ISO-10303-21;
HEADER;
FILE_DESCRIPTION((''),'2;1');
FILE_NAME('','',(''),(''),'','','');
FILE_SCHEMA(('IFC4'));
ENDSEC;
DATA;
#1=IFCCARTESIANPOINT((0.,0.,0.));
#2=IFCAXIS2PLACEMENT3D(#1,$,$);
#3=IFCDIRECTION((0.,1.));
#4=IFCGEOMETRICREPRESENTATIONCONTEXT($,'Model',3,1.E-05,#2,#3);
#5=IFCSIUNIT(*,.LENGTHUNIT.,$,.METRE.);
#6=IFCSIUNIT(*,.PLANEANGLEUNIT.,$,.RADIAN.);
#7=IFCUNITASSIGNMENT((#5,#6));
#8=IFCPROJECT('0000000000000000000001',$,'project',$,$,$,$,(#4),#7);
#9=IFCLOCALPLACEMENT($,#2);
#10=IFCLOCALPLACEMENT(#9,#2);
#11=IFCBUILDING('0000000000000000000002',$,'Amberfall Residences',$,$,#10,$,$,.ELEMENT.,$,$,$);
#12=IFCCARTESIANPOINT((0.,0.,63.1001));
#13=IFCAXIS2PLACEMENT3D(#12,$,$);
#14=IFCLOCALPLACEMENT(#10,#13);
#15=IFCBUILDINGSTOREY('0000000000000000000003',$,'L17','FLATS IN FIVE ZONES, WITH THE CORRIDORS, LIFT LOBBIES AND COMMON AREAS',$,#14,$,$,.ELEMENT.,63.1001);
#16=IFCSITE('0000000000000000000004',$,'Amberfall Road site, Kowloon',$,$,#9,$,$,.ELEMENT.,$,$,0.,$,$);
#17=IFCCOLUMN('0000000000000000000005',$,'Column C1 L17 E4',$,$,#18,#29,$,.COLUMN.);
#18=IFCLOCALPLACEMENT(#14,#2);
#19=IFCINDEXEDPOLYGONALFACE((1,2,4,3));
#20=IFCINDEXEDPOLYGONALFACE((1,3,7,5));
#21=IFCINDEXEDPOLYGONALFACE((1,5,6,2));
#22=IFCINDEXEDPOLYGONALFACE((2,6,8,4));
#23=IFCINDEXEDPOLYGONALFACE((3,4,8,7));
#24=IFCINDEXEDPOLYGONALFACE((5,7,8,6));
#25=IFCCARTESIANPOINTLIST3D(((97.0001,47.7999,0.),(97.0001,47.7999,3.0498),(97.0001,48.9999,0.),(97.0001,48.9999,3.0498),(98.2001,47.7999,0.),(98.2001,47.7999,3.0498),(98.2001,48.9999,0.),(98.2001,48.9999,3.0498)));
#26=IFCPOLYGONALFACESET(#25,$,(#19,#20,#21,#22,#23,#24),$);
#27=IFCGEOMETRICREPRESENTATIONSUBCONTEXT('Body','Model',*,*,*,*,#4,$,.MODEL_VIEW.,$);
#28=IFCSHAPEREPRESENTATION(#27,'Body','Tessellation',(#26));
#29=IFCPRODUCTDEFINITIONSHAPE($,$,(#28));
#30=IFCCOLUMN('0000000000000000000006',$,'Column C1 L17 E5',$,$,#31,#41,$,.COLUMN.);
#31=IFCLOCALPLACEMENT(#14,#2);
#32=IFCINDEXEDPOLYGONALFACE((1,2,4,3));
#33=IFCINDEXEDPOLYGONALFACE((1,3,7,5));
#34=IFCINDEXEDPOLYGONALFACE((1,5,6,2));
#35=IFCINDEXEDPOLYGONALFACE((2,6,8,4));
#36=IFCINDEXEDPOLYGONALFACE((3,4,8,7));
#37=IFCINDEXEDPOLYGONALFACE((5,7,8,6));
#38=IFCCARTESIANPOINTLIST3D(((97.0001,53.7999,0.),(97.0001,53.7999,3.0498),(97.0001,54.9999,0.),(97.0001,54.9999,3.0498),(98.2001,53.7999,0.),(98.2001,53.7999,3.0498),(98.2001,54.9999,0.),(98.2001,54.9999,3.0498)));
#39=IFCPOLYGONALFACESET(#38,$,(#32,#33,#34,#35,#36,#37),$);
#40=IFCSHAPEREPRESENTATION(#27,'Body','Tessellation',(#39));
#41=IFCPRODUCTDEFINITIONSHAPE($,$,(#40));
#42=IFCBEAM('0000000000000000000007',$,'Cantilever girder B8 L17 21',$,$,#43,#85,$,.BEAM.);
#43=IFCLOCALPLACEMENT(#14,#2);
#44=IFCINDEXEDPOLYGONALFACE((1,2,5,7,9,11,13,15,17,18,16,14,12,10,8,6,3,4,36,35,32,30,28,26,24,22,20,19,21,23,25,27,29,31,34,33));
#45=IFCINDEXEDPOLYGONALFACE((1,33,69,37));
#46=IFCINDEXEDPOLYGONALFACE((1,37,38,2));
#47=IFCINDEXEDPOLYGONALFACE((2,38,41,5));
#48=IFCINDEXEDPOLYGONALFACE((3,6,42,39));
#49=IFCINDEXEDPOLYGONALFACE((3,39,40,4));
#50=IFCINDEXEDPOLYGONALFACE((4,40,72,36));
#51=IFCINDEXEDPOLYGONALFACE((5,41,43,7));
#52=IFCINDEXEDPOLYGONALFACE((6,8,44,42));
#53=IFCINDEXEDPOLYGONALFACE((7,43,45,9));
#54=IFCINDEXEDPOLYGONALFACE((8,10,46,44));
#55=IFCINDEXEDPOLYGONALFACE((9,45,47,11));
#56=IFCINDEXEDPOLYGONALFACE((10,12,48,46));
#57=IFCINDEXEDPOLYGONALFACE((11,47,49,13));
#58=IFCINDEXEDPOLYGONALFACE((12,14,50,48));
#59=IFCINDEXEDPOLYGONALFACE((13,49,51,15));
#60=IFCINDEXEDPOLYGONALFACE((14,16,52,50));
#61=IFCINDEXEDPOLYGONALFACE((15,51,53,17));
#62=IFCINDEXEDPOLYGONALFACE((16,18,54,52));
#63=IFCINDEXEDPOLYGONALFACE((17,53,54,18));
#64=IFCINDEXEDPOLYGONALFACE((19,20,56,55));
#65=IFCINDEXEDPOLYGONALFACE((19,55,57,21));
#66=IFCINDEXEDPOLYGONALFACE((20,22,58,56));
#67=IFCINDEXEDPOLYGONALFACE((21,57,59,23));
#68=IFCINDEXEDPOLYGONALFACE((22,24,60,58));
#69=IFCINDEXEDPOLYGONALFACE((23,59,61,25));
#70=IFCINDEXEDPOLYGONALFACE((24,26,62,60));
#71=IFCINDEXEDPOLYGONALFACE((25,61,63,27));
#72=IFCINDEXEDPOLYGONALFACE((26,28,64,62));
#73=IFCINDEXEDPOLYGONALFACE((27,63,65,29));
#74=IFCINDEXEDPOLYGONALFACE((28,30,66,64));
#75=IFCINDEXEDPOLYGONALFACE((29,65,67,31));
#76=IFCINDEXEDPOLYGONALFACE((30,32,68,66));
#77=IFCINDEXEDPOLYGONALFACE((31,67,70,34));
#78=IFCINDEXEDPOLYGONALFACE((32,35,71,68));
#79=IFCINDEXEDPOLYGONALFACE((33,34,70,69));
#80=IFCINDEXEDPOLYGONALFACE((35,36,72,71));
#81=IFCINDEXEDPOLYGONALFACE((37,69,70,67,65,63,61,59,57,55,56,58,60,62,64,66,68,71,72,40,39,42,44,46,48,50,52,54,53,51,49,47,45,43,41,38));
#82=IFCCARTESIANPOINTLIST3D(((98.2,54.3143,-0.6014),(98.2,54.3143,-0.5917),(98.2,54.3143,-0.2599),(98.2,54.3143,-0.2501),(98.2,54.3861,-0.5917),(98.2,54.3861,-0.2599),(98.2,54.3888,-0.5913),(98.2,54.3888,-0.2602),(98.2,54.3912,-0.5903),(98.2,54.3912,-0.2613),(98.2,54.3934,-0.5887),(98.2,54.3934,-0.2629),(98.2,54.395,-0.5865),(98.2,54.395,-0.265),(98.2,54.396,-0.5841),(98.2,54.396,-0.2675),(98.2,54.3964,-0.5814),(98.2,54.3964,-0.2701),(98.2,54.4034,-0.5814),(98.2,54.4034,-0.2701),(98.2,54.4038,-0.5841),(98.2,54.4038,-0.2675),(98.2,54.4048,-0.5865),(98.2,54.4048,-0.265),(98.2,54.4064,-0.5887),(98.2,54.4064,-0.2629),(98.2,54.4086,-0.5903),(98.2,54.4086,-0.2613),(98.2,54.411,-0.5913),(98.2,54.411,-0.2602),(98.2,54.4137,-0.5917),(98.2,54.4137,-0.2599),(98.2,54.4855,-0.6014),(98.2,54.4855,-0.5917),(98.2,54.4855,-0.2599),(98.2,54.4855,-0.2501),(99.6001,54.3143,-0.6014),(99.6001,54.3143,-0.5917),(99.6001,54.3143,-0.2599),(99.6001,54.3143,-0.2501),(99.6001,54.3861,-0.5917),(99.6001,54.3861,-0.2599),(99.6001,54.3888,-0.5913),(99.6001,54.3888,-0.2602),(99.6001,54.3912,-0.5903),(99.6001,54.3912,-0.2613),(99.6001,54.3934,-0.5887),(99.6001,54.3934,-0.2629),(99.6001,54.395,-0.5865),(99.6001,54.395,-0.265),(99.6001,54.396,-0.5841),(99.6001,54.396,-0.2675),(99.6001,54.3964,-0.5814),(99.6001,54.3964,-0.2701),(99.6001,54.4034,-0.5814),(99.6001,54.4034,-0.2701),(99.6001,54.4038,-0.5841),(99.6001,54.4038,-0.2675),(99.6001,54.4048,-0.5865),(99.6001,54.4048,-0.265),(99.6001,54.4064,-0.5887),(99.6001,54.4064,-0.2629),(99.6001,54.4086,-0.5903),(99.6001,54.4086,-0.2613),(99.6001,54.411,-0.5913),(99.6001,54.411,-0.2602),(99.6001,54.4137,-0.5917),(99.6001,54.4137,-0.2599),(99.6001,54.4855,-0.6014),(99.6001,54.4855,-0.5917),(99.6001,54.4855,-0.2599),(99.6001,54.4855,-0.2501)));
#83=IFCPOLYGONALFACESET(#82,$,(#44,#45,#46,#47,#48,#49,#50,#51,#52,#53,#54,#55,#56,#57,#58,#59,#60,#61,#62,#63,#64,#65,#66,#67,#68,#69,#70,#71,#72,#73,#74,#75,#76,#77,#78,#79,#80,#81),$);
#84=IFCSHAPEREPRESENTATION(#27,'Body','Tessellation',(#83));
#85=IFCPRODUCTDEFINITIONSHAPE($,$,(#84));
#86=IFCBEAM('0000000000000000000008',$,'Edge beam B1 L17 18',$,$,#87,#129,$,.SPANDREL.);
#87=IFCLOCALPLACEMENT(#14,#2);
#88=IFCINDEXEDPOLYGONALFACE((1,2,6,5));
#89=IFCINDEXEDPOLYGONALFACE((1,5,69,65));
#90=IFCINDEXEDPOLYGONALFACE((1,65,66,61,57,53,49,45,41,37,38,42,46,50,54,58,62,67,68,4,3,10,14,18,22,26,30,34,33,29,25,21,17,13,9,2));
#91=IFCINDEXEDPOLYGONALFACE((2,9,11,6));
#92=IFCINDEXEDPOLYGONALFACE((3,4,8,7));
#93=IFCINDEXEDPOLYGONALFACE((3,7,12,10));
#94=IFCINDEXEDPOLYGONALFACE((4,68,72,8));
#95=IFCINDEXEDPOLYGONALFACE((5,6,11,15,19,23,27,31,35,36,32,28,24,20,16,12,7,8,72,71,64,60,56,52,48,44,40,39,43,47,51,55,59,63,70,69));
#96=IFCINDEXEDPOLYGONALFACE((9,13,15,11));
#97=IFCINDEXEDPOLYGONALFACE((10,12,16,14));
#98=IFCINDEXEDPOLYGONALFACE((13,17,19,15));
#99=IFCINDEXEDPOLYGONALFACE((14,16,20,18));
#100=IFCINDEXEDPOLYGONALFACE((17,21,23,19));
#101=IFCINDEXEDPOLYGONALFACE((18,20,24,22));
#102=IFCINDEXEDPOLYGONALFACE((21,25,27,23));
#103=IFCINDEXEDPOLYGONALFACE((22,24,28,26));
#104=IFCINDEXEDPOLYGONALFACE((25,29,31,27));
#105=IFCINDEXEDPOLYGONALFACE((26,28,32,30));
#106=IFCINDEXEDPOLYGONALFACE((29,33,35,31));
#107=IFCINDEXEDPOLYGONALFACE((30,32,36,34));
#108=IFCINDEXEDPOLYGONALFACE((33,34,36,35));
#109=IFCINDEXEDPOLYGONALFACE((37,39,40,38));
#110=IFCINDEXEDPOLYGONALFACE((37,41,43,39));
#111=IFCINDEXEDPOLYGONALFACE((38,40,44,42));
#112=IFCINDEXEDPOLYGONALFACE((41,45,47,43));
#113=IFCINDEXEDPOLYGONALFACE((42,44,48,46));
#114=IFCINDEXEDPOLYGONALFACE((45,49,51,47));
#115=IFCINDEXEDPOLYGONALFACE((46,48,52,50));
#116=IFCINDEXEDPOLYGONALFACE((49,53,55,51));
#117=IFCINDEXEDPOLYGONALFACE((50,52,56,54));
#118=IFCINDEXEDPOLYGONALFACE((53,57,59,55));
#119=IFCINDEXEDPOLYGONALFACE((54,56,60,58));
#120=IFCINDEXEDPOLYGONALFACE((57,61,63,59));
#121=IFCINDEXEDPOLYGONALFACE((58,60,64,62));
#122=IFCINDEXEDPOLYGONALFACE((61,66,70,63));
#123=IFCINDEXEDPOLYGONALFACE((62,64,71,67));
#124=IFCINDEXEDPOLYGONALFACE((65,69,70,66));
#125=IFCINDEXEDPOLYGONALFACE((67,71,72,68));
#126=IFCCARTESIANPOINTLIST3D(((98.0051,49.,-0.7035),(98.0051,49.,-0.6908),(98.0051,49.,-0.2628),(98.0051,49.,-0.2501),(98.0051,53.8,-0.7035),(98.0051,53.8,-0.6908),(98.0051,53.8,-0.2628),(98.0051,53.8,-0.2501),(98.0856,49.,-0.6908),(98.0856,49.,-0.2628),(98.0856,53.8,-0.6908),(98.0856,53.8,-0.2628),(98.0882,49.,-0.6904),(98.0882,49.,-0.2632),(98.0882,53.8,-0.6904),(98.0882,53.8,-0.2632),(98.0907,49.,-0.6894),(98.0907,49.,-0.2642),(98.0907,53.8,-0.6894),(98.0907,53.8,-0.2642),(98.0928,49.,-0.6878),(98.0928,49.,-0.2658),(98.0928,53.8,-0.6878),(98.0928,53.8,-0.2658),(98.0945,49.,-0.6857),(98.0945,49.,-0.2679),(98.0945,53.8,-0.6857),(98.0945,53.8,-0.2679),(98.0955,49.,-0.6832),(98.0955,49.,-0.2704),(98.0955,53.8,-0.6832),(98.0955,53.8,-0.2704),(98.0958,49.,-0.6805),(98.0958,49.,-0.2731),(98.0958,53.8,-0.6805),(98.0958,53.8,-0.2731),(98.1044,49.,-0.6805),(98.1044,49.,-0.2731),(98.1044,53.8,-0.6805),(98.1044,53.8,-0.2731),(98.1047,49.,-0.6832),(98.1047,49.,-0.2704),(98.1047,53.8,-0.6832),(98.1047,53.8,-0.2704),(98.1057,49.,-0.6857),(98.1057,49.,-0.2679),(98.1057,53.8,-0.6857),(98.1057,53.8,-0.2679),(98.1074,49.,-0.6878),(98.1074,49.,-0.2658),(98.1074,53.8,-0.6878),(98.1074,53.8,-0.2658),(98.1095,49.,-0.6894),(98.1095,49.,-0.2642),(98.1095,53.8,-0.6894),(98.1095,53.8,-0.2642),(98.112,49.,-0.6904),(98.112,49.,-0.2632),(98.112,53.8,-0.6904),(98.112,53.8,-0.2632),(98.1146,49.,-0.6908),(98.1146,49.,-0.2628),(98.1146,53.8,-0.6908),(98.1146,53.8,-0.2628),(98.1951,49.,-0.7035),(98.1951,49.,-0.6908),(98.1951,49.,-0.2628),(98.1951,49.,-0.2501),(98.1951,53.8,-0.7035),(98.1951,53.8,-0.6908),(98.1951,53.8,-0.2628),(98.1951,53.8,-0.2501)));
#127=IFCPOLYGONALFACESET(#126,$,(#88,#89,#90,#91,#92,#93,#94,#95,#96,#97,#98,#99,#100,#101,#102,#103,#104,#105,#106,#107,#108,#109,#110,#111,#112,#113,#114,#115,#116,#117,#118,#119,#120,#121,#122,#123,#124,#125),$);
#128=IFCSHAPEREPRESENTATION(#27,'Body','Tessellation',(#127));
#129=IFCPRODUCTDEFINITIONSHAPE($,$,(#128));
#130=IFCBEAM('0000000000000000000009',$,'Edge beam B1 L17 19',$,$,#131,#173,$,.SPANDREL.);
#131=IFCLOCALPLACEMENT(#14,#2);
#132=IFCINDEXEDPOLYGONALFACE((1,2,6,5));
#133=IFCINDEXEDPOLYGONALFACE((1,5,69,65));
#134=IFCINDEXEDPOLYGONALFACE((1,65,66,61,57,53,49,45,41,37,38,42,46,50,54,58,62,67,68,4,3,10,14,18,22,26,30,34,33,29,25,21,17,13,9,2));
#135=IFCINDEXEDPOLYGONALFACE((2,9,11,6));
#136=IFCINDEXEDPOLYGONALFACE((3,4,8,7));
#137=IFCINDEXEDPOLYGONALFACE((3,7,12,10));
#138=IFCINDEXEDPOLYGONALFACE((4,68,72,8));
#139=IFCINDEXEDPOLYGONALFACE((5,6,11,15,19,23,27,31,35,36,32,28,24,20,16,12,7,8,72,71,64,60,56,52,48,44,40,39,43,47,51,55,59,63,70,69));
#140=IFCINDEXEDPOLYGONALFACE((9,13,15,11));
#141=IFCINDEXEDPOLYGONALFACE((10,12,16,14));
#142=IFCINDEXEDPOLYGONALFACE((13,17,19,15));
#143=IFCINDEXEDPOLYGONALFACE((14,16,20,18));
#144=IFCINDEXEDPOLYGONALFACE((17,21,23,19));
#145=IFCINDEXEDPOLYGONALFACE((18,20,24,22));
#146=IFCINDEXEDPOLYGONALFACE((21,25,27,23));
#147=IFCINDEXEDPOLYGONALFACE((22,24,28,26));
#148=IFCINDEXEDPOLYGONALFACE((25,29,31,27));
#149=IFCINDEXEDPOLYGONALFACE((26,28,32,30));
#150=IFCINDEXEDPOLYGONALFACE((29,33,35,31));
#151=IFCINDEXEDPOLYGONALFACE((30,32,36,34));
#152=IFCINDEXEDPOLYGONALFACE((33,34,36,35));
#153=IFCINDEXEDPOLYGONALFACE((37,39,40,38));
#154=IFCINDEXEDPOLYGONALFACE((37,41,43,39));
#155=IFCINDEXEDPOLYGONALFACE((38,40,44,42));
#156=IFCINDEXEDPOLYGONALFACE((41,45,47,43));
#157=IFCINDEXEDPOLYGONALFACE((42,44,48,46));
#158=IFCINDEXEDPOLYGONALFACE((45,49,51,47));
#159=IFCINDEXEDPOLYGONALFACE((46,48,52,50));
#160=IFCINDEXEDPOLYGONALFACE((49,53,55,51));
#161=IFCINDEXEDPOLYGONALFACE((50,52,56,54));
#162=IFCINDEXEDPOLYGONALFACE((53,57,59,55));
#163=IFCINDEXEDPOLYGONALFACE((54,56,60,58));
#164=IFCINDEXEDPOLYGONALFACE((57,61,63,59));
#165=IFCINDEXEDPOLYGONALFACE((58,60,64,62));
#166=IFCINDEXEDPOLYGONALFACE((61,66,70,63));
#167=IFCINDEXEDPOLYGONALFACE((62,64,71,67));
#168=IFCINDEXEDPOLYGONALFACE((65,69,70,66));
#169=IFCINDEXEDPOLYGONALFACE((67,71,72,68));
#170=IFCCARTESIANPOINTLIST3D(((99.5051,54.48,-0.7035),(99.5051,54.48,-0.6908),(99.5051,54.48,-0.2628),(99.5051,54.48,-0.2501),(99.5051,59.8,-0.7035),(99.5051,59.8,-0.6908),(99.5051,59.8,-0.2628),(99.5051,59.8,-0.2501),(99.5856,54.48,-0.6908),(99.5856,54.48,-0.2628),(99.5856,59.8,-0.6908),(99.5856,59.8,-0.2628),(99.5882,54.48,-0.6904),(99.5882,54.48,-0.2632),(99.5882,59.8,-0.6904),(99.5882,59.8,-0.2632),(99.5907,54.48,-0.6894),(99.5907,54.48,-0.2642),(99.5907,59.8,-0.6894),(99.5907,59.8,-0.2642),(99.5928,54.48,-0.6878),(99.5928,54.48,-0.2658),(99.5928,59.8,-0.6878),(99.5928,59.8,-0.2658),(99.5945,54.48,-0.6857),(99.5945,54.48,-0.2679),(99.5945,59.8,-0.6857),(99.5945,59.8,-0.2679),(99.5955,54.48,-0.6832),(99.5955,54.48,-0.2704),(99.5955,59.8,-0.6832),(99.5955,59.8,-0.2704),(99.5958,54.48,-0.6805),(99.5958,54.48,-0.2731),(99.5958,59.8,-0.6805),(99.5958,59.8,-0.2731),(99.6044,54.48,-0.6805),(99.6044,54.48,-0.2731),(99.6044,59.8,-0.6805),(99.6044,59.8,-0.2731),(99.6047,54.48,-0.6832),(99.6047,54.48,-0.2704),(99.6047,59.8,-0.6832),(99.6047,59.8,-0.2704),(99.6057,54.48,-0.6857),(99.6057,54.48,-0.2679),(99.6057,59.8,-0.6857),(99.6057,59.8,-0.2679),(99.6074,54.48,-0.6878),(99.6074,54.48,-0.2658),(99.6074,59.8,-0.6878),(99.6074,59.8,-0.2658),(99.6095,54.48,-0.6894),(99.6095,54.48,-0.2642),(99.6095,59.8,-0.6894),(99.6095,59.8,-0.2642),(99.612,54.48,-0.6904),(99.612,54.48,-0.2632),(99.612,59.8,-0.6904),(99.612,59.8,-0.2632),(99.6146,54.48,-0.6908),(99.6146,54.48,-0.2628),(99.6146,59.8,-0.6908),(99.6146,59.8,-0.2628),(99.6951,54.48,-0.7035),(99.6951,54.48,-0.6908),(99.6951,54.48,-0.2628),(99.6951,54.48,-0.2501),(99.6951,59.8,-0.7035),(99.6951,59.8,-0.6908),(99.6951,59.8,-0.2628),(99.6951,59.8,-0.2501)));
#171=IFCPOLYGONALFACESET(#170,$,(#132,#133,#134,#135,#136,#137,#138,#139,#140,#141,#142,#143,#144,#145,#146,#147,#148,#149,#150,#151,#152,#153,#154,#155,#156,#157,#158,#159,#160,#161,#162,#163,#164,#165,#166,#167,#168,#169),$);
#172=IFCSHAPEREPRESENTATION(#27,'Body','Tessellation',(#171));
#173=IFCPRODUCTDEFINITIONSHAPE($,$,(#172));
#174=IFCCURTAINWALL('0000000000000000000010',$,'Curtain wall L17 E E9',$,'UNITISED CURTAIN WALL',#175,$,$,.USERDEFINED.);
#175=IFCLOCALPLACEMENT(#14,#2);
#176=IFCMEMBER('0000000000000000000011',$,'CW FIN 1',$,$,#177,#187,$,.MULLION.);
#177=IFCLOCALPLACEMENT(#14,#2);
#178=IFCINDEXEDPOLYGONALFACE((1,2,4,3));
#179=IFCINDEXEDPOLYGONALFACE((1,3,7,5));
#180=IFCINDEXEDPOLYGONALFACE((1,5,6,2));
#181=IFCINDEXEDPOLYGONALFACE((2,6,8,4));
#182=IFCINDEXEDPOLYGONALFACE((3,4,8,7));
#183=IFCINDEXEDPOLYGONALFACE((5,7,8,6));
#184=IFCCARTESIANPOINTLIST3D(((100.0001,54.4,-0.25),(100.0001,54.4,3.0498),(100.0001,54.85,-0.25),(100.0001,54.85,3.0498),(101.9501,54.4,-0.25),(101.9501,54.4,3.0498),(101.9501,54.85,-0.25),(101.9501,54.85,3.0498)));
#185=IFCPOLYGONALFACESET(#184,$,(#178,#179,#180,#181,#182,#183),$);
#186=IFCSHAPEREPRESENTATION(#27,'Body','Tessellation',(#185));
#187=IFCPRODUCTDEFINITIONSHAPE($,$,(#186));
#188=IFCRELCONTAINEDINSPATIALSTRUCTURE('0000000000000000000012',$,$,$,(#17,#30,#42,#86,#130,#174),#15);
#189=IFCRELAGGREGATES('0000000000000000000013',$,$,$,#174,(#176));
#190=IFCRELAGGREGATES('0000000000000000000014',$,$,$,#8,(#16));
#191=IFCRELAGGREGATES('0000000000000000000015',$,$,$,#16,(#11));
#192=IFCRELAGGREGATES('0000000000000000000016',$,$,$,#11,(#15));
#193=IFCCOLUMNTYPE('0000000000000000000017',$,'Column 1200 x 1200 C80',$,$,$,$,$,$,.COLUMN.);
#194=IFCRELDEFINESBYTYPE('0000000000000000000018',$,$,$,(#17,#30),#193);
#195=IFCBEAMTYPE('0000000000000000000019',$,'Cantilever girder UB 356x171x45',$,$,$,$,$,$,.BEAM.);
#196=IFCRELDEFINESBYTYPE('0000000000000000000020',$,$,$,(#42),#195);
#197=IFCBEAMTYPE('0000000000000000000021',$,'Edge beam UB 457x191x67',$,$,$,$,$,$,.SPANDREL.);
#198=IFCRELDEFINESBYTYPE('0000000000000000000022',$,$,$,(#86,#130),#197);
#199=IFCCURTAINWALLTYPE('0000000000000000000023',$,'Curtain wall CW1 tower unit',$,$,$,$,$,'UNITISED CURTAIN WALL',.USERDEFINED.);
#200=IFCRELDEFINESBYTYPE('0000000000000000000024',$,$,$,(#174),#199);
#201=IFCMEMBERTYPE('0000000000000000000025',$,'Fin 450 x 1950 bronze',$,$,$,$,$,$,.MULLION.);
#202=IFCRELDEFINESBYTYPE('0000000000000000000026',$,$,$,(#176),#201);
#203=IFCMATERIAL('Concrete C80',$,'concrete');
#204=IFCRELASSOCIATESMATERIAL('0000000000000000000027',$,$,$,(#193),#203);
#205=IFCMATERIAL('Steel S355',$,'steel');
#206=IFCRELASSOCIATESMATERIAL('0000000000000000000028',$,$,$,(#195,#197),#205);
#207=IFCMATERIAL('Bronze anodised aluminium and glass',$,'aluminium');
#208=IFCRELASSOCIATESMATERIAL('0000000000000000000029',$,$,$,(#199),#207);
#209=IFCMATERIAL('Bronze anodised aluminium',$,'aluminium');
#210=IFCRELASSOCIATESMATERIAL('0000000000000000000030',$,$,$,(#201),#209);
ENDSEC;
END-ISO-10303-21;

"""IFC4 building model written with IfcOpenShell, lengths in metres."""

from ifc_helpers import new_model, si_unit, direction, frame, origin, origin_2d, place, context, subcontext, project, spatial, rectangle, i_section, extrude, material, material_profile, profile_set, type_object, element, aggregate, save


model = new_model("IFC4")

# Units and contexts
model_context = context("Model", 3, precision=1e-05, world=origin(), true_north=direction((0.0, 1.0)))
body_context = subcontext(model_context, "Body", "Model", "MODEL_VIEW")
ifc_project = project(units=[si_unit("LENGTHUNIT", "METRE"), si_unit("PLANEANGLEUNIT", "RADIAN")], contexts=[model_context])

# Site, building, storey
site_placement = place(None, origin())
site = spatial("IfcSite", under=ifc_project, at=site_placement, Name="Amberfall Road site, Kowloon", CompositionType="ELEMENT", RefElevation=0.0)
building_placement = place(site_placement, origin())
building = spatial("IfcBuilding", under=site, at=building_placement, Name="Amberfall Residences", CompositionType="ELEMENT")
storey_placement = place(building_placement, frame((0.0, 0.0, 63.1001)))
storey = spatial("IfcBuildingStorey", under=building, at=storey_placement, Name="L17", Description="FLATS IN FIVE ZONES, WITH THE CORRIDORS, LIFT LOBBIES AND COMMON AREAS", CompositionType="ELEMENT", Elevation=63.1001)

# Columns
ifc_material_1 = material(Name="Concrete C80", Category="concrete")
ifc_material_profile_1 = material_profile(ifc_material_1, rectangle(XDim=1.2, YDim=1.2, at=origin_2d()), Name="Column 1200 x 1200 C80")
ifc_profile_set_1 = profile_set([ifc_material_profile_1], Name="Concrete C80")
column_type = type_object("IfcColumnType", Name="Column 1200 x 1200 C80", PredefinedType="COLUMN", material=ifc_profile_set_1)
for number, where, z_axis, x_axis, name in (
    (1, (97.6001, 48.3999, 0.0), (0.0, 0.0, 1.0), (1.0, 0.0, 0.0), "Column C1 L17 E4"),
    (2, (97.6001, 54.3999, 0.0), (0.0, 0.0, 1.0), (1.0, 0.0, 0.0), "Column C1 L17 E5"),
):
    element("IfcColumn", number, at=place(storey_placement, frame(where, z_axis=z_axis, x_axis=x_axis)), inside=storey, type_object=column_type, Name=name, PredefinedType="COLUMN", context=body_context, shape_type="SweptSolid", body=[
        extrude(rectangle(XDim=1.2, YDim=1.2, at=origin_2d()), origin(), (0.0, 0.0, 1.0), 3.0498),
    ])

# Beams
ifc_material_2 = material(Name="Steel S355", Category="steel")
ifc_material_profile_2 = material_profile(ifc_material_2, i_section(OverallWidth=0.1711, OverallDepth=0.3513, WebThickness=0.0071, FlangeThickness=0.0098, FilletRadius=0.0103, at=origin_2d()), Name="UB 356x171x45")
ifc_profile_set_2 = profile_set([ifc_material_profile_2], Name="Steel S355")
beam_type_1 = type_object("IfcBeamType", Name="Cantilever girder UB 356x171x45", PredefinedType="BEAM", material=ifc_profile_set_2)
beam_1_placement = place(storey_placement, frame((98.2, 54.3999, -0.4258), z_axis=(1.0, 0.0, 0.0), x_axis=(0.0, 1.0, 0.0)))
element("IfcBeam", 3, at=beam_1_placement, inside=storey, type_object=beam_type_1, Name="Cantilever girder B8 L17 21", PredefinedType="BEAM", context=body_context, shape_type="SweptSolid", body=[
    extrude(i_section(OverallWidth=0.1711, OverallDepth=0.3513, WebThickness=0.0071, FlangeThickness=0.0098, FilletRadius=0.0103, at=origin_2d()), origin(), (0.0, 0.0, 1.0), 1.4001),
])
ifc_material_profile_3 = material_profile(ifc_material_2, i_section(OverallWidth=0.1899, OverallDepth=0.4534, WebThickness=0.0085, FlangeThickness=0.0127, FilletRadius=0.0103, at=origin_2d()), Name="UB 457x191x67")
ifc_profile_set_3 = profile_set([ifc_material_profile_3], Name="Steel S355")
beam_type_2 = type_object("IfcBeamType", Name="Edge beam UB 457x191x67", PredefinedType="SPANDREL", material=ifc_profile_set_3)
beam_2_placement = place(storey_placement, frame((98.1001, 49.0, -0.4768), z_axis=(0.0, 1.0, 0.0), x_axis=(-1.0, 0.0, 0.0)))
element("IfcBeam", 4, at=beam_2_placement, inside=storey, type_object=beam_type_2, Name="Edge beam B1 L17 18", PredefinedType="SPANDREL", context=body_context, shape_type="SweptSolid", body=[
    extrude(i_section(OverallWidth=0.1899, OverallDepth=0.4534, WebThickness=0.0085, FlangeThickness=0.0127, FilletRadius=0.0103, at=origin_2d()), origin(), (0.0, 0.0, 1.0), 4.8),
])
beam_3_placement = place(storey_placement, frame((99.6001, 54.48, -0.4768), z_axis=(0.0, 1.0, 0.0), x_axis=(-1.0, 0.0, 0.0)))
element("IfcBeam", 5, at=beam_3_placement, inside=storey, type_object=beam_type_2, Name="Edge beam B1 L17 19", PredefinedType="SPANDREL", context=body_context, shape_type="SweptSolid", body=[
    extrude(i_section(OverallWidth=0.1899, OverallDepth=0.4534, WebThickness=0.0085, FlangeThickness=0.0127, FilletRadius=0.0103, at=origin_2d()), origin(), (0.0, 0.0, 1.0), 5.3201),
])

# Curtain wall, member
ifc_material_3 = material(Name="Bronze anodised aluminium and glass", Category="aluminium")
curtain_wall_type = type_object("IfcCurtainWallType", Name="Curtain wall CW1 tower unit", ElementType="UNITISED CURTAIN WALL", PredefinedType="USERDEFINED", material=ifc_material_3)
curtain_wall_placement = place(storey_placement, origin())
curtain_wall = element("IfcCurtainWall", 6, at=curtain_wall_placement, inside=storey, type_object=curtain_wall_type, Name="Curtain wall L17 E E9", ObjectType="UNITISED CURTAIN WALL", PredefinedType="USERDEFINED")
ifc_material_4 = material(Name="Bronze anodised aluminium", Category="aluminium")
ifc_material_profile_4 = material_profile(ifc_material_4, rectangle(XDim=1.95, YDim=0.45, at=origin_2d()), Name="Fin 450 x 1950 bronze")
ifc_profile_set_4 = profile_set([ifc_material_profile_4], Name="Bronze anodised aluminium")
member_type = type_object("IfcMemberType", Name="Fin 450 x 1950 bronze", PredefinedType="MULLION", material=ifc_profile_set_4)
member_placement = place(storey_placement, frame((100.9751, 54.625, -0.25), z_axis=(0.0, 0.0, 1.0), x_axis=(-1.0, 0.0, 0.0)))
member = element("IfcMember", 7, at=member_placement, type_object=member_type, Name="CW FIN 1", PredefinedType="MULLION", context=body_context, shape_type="SweptSolid", body=[
    extrude(rectangle(XDim=1.95, YDim=0.45, at=origin_2d()), origin(), (0.0, 0.0, 1.0), 3.2998),
])
aggregate(curtain_wall, [member])

save(model, "model.ifc")
